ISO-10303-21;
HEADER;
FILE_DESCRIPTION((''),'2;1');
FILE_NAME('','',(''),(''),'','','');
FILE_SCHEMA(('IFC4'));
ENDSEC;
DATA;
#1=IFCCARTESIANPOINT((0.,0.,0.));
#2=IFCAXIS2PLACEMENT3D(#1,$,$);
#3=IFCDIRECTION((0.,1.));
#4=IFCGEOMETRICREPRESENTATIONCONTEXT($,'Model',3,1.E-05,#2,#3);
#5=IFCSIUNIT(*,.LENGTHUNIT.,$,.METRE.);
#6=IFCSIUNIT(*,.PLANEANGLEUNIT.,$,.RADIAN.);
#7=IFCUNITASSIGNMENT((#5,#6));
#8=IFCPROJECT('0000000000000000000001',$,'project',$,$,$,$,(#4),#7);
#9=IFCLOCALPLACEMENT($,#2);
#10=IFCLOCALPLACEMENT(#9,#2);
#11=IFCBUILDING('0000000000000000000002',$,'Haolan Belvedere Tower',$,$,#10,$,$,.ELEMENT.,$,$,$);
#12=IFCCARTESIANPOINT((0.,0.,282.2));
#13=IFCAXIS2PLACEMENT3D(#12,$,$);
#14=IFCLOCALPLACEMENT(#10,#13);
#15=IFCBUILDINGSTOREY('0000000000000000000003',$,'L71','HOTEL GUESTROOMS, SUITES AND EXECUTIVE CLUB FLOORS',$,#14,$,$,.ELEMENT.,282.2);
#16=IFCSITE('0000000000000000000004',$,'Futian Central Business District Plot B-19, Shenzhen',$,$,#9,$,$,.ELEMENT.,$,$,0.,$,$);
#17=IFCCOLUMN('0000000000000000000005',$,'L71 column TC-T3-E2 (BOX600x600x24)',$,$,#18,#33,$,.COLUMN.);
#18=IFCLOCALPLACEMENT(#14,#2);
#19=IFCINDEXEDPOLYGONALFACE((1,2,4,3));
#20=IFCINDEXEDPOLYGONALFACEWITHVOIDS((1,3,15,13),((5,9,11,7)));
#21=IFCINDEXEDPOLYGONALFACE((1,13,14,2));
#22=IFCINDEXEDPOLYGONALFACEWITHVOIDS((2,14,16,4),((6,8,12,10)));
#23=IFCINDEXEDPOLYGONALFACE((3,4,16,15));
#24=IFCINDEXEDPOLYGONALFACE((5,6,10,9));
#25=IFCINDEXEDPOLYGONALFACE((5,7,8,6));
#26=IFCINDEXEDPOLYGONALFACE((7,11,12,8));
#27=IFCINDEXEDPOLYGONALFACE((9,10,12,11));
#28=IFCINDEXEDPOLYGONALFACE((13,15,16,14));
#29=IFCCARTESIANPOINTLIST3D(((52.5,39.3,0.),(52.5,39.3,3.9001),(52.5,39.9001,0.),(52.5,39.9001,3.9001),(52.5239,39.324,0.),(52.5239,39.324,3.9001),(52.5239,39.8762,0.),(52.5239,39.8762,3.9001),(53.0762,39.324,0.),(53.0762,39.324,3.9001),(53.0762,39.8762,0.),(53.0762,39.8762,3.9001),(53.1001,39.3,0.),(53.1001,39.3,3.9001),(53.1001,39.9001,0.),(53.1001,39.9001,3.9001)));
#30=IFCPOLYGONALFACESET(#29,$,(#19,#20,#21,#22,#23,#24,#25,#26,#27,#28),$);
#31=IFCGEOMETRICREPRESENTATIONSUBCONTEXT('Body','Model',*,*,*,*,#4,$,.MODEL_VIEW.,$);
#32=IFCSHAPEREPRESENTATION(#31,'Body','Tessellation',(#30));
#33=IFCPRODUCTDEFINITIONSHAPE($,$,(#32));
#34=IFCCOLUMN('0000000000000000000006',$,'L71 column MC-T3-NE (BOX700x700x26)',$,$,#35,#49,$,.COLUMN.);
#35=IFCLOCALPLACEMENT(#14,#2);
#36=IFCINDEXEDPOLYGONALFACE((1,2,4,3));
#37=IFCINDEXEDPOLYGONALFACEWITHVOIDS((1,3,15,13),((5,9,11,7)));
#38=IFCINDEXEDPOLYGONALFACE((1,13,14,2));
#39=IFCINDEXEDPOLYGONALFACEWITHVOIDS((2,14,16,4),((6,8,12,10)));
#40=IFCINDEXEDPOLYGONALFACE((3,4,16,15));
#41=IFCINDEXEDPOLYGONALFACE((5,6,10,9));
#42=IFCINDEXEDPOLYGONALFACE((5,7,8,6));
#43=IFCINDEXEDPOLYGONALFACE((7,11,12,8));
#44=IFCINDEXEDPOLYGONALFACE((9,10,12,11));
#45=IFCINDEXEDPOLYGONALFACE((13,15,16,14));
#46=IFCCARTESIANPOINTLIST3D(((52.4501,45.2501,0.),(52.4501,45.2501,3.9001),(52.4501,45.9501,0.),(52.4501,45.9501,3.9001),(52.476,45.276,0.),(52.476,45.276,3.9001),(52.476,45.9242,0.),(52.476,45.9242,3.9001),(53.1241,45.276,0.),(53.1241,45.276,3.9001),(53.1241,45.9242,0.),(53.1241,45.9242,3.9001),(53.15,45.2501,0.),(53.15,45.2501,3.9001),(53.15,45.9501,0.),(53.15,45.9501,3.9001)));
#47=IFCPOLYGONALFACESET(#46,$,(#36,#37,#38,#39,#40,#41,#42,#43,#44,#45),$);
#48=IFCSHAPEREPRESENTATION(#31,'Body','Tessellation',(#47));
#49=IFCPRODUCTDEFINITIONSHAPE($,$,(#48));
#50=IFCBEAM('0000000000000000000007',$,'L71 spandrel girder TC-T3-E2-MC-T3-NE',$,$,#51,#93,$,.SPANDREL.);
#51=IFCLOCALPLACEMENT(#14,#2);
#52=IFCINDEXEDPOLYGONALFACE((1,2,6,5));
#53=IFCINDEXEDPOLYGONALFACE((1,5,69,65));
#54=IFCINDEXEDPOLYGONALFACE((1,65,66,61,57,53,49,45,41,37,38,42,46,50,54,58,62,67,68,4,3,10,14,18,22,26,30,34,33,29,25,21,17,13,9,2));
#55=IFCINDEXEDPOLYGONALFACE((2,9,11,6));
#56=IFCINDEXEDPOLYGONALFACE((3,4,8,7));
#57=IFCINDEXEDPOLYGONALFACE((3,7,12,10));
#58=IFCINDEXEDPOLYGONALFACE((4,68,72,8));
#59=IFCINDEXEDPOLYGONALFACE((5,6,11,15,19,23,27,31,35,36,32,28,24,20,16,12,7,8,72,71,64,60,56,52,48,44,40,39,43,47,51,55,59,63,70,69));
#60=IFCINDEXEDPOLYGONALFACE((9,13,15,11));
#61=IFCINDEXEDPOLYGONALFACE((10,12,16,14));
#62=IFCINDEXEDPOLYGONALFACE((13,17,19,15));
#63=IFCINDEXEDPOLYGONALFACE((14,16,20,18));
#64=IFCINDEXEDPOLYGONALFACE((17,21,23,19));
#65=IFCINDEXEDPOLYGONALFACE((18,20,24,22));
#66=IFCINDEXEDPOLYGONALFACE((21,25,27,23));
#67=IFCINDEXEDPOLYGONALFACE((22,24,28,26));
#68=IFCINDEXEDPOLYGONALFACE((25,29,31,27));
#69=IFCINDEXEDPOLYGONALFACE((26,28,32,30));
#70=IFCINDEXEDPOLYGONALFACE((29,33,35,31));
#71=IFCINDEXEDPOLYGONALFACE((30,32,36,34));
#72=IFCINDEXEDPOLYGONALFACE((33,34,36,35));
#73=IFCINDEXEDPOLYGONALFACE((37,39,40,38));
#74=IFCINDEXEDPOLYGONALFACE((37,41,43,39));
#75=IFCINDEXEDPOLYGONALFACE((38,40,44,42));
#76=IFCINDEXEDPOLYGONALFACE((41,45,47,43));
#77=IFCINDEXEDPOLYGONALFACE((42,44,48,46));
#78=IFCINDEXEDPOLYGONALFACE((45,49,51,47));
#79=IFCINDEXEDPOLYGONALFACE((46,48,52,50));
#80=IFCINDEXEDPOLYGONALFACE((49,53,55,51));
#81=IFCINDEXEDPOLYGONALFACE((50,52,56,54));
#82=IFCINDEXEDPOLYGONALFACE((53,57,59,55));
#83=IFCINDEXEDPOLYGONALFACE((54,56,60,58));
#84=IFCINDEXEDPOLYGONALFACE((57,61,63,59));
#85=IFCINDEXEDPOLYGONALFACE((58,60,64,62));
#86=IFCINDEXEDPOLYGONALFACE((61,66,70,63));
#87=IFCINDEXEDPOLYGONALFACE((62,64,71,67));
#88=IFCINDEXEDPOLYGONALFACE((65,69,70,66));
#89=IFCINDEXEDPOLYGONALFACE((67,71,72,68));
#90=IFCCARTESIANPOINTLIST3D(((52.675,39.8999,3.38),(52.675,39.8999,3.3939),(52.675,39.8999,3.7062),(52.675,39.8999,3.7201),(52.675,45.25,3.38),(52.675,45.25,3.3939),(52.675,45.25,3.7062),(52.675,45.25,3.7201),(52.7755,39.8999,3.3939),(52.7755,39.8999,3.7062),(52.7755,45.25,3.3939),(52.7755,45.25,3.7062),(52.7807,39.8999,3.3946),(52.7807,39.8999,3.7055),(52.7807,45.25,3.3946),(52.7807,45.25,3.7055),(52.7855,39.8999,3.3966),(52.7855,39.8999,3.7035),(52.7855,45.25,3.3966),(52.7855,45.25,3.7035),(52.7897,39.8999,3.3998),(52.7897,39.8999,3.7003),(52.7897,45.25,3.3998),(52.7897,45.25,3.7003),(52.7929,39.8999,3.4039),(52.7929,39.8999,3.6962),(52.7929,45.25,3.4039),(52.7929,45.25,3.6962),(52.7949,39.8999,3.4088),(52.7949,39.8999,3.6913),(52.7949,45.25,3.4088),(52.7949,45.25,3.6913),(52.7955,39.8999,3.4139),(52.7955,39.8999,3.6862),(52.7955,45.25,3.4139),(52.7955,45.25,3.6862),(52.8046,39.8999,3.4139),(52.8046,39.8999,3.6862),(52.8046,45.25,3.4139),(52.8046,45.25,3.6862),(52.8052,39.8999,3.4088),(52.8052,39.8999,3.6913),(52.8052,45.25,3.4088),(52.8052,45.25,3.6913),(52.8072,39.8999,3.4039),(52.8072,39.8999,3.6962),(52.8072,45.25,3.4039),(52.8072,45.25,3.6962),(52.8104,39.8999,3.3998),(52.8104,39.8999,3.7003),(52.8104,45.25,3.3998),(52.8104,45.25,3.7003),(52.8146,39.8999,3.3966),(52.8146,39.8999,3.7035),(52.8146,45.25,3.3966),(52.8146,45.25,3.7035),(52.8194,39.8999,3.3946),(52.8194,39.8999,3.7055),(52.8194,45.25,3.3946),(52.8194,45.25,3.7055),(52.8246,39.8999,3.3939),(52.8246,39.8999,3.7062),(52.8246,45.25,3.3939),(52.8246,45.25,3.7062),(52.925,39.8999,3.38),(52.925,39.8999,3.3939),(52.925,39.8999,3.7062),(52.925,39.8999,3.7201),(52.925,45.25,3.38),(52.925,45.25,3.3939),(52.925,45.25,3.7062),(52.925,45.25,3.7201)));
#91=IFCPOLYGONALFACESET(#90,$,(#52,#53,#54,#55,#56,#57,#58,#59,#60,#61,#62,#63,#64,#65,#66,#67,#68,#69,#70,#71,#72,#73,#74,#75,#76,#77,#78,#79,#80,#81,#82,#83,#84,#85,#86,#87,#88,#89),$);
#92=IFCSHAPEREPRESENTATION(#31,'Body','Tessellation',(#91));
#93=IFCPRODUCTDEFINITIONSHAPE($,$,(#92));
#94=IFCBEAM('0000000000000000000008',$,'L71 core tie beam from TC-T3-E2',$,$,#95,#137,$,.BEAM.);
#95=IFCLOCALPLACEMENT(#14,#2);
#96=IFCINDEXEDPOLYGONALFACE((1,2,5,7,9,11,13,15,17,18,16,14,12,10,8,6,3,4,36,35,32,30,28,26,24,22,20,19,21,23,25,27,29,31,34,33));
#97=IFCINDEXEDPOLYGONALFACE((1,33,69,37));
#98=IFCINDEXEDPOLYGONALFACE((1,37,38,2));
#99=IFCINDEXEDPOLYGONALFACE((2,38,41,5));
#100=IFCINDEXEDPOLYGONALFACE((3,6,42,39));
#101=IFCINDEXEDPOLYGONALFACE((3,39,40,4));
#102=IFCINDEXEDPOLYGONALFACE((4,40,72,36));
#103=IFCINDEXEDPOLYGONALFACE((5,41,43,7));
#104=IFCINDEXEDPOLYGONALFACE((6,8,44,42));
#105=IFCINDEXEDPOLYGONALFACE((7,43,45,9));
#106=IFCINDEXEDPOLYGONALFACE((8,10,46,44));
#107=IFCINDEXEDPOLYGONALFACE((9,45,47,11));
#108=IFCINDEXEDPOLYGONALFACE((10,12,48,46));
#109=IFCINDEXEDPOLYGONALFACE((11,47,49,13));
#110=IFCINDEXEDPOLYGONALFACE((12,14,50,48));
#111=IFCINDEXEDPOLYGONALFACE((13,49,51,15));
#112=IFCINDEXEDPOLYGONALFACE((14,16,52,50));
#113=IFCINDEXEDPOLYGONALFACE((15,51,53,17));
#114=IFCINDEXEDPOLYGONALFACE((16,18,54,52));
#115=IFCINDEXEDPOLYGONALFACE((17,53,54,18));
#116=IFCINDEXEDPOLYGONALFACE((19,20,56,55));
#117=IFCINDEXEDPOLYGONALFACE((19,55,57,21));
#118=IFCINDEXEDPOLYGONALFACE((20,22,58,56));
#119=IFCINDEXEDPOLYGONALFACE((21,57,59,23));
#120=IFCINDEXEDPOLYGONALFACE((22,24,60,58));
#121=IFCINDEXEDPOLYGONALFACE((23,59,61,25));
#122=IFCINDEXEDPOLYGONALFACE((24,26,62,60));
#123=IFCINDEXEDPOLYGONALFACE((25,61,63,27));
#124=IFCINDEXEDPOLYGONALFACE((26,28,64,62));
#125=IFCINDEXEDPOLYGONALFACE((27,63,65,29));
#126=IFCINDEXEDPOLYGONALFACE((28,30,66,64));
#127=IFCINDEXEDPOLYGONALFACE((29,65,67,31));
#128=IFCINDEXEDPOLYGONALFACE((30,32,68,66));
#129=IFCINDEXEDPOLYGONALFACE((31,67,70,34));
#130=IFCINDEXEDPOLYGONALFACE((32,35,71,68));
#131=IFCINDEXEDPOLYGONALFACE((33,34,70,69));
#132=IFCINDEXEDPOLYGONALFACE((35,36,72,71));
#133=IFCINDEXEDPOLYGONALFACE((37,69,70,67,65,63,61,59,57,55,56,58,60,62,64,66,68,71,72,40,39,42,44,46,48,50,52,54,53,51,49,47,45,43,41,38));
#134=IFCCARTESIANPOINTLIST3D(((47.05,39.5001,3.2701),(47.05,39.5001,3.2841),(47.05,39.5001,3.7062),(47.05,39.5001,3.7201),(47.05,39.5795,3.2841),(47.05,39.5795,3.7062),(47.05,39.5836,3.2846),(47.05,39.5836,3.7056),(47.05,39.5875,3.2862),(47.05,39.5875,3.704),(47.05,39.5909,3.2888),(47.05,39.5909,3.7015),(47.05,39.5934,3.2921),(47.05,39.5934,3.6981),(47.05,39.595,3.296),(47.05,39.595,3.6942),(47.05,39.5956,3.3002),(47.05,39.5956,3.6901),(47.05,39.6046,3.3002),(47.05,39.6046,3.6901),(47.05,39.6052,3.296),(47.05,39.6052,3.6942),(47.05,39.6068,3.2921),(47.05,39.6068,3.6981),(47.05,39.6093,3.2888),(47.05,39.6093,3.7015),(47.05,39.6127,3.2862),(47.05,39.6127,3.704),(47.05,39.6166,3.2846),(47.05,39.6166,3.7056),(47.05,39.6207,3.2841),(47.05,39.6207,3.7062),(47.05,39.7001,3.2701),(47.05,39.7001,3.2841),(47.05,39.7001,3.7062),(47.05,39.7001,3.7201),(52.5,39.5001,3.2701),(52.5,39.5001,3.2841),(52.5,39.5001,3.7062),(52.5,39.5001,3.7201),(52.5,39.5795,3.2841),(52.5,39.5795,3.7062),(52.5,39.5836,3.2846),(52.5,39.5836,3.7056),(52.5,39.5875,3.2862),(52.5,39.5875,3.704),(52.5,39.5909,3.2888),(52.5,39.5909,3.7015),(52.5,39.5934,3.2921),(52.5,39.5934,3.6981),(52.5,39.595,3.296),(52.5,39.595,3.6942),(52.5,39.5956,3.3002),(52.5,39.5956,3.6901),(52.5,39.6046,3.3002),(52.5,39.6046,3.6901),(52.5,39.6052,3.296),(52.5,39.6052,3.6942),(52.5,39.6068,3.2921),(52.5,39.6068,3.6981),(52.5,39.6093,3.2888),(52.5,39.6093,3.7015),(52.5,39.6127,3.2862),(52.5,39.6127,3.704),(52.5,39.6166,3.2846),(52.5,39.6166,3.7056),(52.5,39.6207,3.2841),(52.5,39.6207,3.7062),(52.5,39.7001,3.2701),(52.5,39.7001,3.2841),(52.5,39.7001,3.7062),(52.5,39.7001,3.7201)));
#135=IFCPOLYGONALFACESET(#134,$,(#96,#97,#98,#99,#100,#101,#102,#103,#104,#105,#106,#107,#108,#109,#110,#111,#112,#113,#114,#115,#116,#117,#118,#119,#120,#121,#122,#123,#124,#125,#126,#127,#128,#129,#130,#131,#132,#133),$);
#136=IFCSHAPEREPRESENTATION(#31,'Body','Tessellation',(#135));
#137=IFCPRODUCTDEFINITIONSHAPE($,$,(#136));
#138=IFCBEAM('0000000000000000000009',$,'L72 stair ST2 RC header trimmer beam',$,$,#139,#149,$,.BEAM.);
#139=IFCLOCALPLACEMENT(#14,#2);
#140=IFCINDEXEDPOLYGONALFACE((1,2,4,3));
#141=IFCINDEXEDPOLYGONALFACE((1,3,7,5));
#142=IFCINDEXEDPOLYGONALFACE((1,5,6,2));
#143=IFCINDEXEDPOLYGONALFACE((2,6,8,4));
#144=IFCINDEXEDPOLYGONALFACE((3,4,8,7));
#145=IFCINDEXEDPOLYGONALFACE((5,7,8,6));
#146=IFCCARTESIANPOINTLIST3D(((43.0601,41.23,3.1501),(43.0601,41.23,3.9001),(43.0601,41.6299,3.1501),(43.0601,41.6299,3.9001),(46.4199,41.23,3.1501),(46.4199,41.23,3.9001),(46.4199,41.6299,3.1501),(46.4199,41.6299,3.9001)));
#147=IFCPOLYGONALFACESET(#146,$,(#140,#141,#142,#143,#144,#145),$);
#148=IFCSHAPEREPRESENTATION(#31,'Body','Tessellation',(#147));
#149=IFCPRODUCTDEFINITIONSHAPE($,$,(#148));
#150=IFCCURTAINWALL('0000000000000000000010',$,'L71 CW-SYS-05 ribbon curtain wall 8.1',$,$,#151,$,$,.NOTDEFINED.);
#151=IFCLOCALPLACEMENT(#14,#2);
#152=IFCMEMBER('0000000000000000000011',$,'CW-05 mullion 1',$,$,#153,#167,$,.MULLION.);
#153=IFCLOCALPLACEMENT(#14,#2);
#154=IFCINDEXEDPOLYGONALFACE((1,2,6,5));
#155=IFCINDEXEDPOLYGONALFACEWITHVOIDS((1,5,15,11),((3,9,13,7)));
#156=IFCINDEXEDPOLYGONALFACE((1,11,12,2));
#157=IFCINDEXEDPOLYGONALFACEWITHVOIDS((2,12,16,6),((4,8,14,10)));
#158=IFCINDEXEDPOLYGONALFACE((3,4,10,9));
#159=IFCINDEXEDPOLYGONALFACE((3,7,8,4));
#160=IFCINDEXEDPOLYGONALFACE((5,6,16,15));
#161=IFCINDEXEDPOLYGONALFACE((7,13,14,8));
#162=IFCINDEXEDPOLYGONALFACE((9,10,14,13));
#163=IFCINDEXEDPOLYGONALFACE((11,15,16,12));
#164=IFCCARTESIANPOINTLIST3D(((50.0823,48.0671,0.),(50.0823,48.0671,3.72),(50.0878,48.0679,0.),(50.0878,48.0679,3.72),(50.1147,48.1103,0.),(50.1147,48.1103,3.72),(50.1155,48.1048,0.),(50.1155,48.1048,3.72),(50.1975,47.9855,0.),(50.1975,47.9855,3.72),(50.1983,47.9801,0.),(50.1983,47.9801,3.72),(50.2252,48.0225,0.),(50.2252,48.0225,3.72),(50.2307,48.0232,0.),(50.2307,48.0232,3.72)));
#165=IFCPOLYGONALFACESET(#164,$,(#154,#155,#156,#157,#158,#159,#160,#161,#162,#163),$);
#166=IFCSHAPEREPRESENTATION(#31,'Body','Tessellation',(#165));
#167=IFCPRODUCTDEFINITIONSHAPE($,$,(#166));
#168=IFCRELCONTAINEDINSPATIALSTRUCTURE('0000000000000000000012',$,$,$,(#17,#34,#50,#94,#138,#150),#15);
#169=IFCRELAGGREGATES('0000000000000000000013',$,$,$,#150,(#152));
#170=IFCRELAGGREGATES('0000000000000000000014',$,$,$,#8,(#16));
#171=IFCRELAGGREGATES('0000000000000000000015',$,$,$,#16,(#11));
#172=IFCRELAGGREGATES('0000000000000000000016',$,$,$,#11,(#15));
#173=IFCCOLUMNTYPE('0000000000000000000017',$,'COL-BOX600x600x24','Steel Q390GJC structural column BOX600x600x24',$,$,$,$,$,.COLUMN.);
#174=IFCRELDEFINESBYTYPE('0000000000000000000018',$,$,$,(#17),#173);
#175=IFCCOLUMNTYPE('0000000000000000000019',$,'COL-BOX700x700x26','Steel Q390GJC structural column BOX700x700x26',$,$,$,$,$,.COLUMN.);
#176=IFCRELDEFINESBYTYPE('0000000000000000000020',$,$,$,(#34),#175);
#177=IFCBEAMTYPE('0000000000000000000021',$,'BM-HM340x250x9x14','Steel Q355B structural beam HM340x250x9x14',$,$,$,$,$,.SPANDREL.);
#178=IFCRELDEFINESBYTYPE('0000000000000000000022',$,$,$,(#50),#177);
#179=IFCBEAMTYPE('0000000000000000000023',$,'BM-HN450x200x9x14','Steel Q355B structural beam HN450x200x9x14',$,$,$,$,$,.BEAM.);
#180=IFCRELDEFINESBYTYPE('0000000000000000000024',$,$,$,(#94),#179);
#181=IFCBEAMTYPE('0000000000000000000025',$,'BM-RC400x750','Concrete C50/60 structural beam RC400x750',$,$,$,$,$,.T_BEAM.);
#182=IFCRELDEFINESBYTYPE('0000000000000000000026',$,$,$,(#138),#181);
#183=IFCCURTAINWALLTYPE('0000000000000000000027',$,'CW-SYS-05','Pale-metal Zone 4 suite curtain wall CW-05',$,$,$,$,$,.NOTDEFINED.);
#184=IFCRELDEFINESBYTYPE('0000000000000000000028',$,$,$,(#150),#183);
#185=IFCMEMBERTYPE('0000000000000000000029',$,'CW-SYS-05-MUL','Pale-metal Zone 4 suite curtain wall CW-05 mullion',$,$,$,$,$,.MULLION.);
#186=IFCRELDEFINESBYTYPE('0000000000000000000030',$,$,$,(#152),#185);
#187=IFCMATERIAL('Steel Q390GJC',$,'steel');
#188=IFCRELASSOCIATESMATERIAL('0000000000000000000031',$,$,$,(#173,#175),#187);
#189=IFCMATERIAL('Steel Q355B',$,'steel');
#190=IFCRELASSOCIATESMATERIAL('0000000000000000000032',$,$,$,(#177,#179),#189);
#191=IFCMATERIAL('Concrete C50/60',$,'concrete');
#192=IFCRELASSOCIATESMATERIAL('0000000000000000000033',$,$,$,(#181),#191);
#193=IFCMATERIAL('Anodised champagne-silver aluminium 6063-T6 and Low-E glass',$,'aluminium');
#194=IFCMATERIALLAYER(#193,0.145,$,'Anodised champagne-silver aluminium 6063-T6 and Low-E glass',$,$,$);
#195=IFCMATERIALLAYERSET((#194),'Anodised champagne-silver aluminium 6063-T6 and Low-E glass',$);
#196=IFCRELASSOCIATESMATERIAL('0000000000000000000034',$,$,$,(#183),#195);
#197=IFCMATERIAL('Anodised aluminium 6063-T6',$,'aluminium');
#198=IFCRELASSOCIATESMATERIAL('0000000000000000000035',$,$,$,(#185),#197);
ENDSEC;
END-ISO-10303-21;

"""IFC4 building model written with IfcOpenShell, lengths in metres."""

from ifc_helpers import new_model, si_unit, direction, frame, origin, origin_2d, place, context, subcontext, project, spatial, rectangle, hollow_rectangle, i_section, extrude, material, layer, layer_set, material_profile, profile_set, type_object, element, aggregate, save


model = new_model("IFC4")

# Units and contexts
model_context = context("Model", 3, precision=1e-05, world=origin(), true_north=direction((0.0, 1.0)))
body_context = subcontext(model_context, "Body", "Model", "MODEL_VIEW")
ifc_project = project(units=[si_unit("LENGTHUNIT", "METRE"), si_unit("PLANEANGLEUNIT", "RADIAN")], contexts=[model_context])

# Site, building, storey
site_placement = place(None, origin())
site = spatial("IfcSite", under=ifc_project, at=site_placement, Name="Futian Central Business District Plot B-19, Shenzhen", CompositionType="ELEMENT", RefElevation=0.0)
building_placement = place(site_placement, origin())
building = spatial("IfcBuilding", under=site, at=building_placement, Name="Haolan Belvedere Tower", CompositionType="ELEMENT")
storey_placement = place(building_placement, frame((0.0, 0.0, 282.2)))
storey = spatial("IfcBuildingStorey", under=building, at=storey_placement, Name="L71", Description="HOTEL GUESTROOMS, SUITES AND EXECUTIVE CLUB FLOORS", CompositionType="ELEMENT", Elevation=282.2)

# Columns
ifc_material_1 = material(Name="Steel Q390GJC", Category="steel")
ifc_material_profile_1 = material_profile(ifc_material_1, hollow_rectangle(XDim=0.6001, YDim=0.6001, WallThickness=0.0239, at=origin_2d()), Name="Steel Q390GJC")
ifc_profile_set_1 = profile_set([ifc_material_profile_1], Name="Steel Q390GJC")
column_type_1 = type_object("IfcColumnType", Name="COL-BOX600x600x24", Description="Steel Q390GJC structural column BOX600x600x24", PredefinedType="COLUMN", material=ifc_profile_set_1)
column_1_placement = place(storey_placement, frame((52.8, 39.6001, 0.0), z_axis=(0.0, 0.0, 1.0), x_axis=(1.0, 0.0, 0.0)))
element("IfcColumn", 1, at=column_1_placement, inside=storey, type_object=column_type_1, Name="L71 column TC-T3-E2 (BOX600x600x24)", PredefinedType="COLUMN", context=body_context, shape_type="SweptSolid", body=[
    extrude(hollow_rectangle(XDim=0.6001, YDim=0.6001, WallThickness=0.0239, at=origin_2d()), origin(), (0.0, 0.0, 1.0), 3.9001),
])
ifc_material_profile_2 = material_profile(ifc_material_1, hollow_rectangle(XDim=0.7, YDim=0.7, WallThickness=0.0259, at=origin_2d()), Name="Steel Q390GJC")
ifc_profile_set_2 = profile_set([ifc_material_profile_2], Name="Steel Q390GJC")
column_type_2 = type_object("IfcColumnType", Name="COL-BOX700x700x26", Description="Steel Q390GJC structural column BOX700x700x26", PredefinedType="COLUMN", material=ifc_profile_set_2)
column_2_placement = place(storey_placement, frame((52.8, 45.6001, 0.0), z_axis=(0.0, 0.0, 1.0), x_axis=(1.0, 0.0, 0.0)))
element("IfcColumn", 2, at=column_2_placement, inside=storey, type_object=column_type_2, Name="L71 column MC-T3-NE (BOX700x700x26)", PredefinedType="COLUMN", context=body_context, shape_type="SweptSolid", body=[
    extrude(hollow_rectangle(XDim=0.7, YDim=0.7, WallThickness=0.0259, at=origin_2d()), origin(), (0.0, 0.0, 1.0), 3.9001),
])

# Beams
ifc_material_2 = material(Name="Steel Q355B", Category="steel")
ifc_material_profile_3 = material_profile(ifc_material_2, i_section(OverallWidth=0.25, OverallDepth=0.3401, WebThickness=0.009, FlangeThickness=0.0139, FilletRadius=0.02, at=origin_2d()), Name="Steel Q355B")
ifc_profile_set_3 = profile_set([ifc_material_profile_3], Name="Steel Q355B")
beam_type_1 = type_object("IfcBeamType", Name="BM-HM340x250x9x14", Description="Steel Q355B structural beam HM340x250x9x14", PredefinedType="SPANDREL", material=ifc_profile_set_3)
beam_1_placement = place(storey_placement, frame((52.8, 39.8999, 3.55), z_axis=(0.0, 1.0, 0.0), x_axis=(-1.0, 0.0, 0.0)))
element("IfcBeam", 3, at=beam_1_placement, inside=storey, type_object=beam_type_1, Name="L71 spandrel girder TC-T3-E2-MC-T3-NE", PredefinedType="SPANDREL", context=body_context, shape_type="SweptSolid", body=[
    extrude(i_section(OverallWidth=0.25, OverallDepth=0.3401, WebThickness=0.009, FlangeThickness=0.0139, FilletRadius=0.02, at=origin_2d()), origin(), (0.0, 0.0, 1.0), 5.3501),
])
ifc_material_profile_4 = material_profile(ifc_material_2, i_section(OverallWidth=0.2, OverallDepth=0.45, WebThickness=0.009, FlangeThickness=0.0139, FilletRadius=0.0161, at=origin_2d()), Name="Steel Q355B")
ifc_profile_set_4 = profile_set([ifc_material_profile_4], Name="Steel Q355B")
beam_type_2 = type_object("IfcBeamType", Name="BM-HN450x200x9x14", Description="Steel Q355B structural beam HN450x200x9x14", PredefinedType="BEAM", material=ifc_profile_set_4)
beam_2_placement = place(storey_placement, frame((52.5, 39.6001, 3.4951), z_axis=(-1.0, 0.0, 0.0), x_axis=(0.0, -1.0, 0.0)))
element("IfcBeam", 4, at=beam_2_placement, inside=storey, type_object=beam_type_2, Name="L71 core tie beam from TC-T3-E2", PredefinedType="BEAM", context=body_context, shape_type="SweptSolid", body=[
    extrude(i_section(OverallWidth=0.2, OverallDepth=0.45, WebThickness=0.009, FlangeThickness=0.0139, FilletRadius=0.0161, at=origin_2d()), origin(), (0.0, 0.0, 1.0), 5.45),
])
ifc_material_3 = material(Name="Concrete C50/60", Category="concrete")
ifc_material_profile_5 = material_profile(ifc_material_3, rectangle(XDim=0.3999, YDim=0.75, at=origin_2d()), Name="Concrete C50/60")
ifc_profile_set_5 = profile_set([ifc_material_profile_5], Name="Concrete C50/60")
beam_type_3 = type_object("IfcBeamType", Name="BM-RC400x750", Description="Concrete C50/60 structural beam RC400x750", PredefinedType="T_BEAM", material=ifc_profile_set_5)
beam_3_placement = place(storey_placement, frame((43.0601, 41.4299, 3.5251), z_axis=(1.0, 0.0, 0.0), x_axis=(0.0, 1.0, 0.0)))
element("IfcBeam", 5, at=beam_3_placement, inside=storey, type_object=beam_type_3, Name="L72 stair ST2 RC header trimmer beam", PredefinedType="BEAM", context=body_context, shape_type="SweptSolid", body=[
    extrude(rectangle(XDim=0.3999, YDim=0.75, at=origin_2d()), origin(), (0.0, 0.0, 1.0), 3.3599),
])

# Curtain wall, member
ifc_material_4 = material(Name="Anodised champagne-silver aluminium 6063-T6 and Low-E glass", Category="aluminium")
ifc_layer_1 = layer(ifc_material_4, 0.145, Name="Anodised champagne-silver aluminium 6063-T6 and Low-E glass")
ifc_layer_set_1 = layer_set([ifc_layer_1], Name="Anodised champagne-silver aluminium 6063-T6 and Low-E glass")
curtain_wall_type = type_object("IfcCurtainWallType", Name="CW-SYS-05", Description="Pale-metal Zone 4 suite curtain wall CW-05", PredefinedType="NOTDEFINED", material=ifc_layer_set_1)
curtain_wall_placement = place(storey_placement, origin())
curtain_wall = element("IfcCurtainWall", 6, at=curtain_wall_placement, inside=storey, type_object=curtain_wall_type, Name="L71 CW-SYS-05 ribbon curtain wall 8.1", PredefinedType="NOTDEFINED")
ifc_material_5 = material(Name="Anodised aluminium 6063-T6", Category="aluminium")
ifc_material_profile_6 = material_profile(ifc_material_5, hollow_rectangle(XDim=0.054, YDim=0.145, WallThickness=0.0039, at=origin_2d()), Name="Anodised aluminium 6063-T6")
ifc_profile_set_6 = profile_set([ifc_material_profile_6], Name="Anodised aluminium 6063-T6")
member_type = type_object("IfcMemberType", Name="CW-SYS-05-MUL", Description="Pale-metal Zone 4 suite curtain wall CW-05 mullion", PredefinedType="MULLION", material=ifc_profile_set_6)
member_placement = place(storey_placement, frame((50.1565, 48.0452, 0.0), z_axis=(0.0, 0.0, 1.0), x_axis=(-0.600003, -0.799998, 0.0)))
member = element("IfcMember", 7, at=member_placement, type_object=member_type, Name="CW-05 mullion 1", PredefinedType="MULLION", context=body_context, shape_type="SweptSolid", body=[
    extrude(hollow_rectangle(XDim=0.054, YDim=0.145, WallThickness=0.0039, at=origin_2d()), origin(), (0.0, 0.0, 1.0), 3.72),
])
aggregate(curtain_wall, [member])

save(model, "model.ifc")
